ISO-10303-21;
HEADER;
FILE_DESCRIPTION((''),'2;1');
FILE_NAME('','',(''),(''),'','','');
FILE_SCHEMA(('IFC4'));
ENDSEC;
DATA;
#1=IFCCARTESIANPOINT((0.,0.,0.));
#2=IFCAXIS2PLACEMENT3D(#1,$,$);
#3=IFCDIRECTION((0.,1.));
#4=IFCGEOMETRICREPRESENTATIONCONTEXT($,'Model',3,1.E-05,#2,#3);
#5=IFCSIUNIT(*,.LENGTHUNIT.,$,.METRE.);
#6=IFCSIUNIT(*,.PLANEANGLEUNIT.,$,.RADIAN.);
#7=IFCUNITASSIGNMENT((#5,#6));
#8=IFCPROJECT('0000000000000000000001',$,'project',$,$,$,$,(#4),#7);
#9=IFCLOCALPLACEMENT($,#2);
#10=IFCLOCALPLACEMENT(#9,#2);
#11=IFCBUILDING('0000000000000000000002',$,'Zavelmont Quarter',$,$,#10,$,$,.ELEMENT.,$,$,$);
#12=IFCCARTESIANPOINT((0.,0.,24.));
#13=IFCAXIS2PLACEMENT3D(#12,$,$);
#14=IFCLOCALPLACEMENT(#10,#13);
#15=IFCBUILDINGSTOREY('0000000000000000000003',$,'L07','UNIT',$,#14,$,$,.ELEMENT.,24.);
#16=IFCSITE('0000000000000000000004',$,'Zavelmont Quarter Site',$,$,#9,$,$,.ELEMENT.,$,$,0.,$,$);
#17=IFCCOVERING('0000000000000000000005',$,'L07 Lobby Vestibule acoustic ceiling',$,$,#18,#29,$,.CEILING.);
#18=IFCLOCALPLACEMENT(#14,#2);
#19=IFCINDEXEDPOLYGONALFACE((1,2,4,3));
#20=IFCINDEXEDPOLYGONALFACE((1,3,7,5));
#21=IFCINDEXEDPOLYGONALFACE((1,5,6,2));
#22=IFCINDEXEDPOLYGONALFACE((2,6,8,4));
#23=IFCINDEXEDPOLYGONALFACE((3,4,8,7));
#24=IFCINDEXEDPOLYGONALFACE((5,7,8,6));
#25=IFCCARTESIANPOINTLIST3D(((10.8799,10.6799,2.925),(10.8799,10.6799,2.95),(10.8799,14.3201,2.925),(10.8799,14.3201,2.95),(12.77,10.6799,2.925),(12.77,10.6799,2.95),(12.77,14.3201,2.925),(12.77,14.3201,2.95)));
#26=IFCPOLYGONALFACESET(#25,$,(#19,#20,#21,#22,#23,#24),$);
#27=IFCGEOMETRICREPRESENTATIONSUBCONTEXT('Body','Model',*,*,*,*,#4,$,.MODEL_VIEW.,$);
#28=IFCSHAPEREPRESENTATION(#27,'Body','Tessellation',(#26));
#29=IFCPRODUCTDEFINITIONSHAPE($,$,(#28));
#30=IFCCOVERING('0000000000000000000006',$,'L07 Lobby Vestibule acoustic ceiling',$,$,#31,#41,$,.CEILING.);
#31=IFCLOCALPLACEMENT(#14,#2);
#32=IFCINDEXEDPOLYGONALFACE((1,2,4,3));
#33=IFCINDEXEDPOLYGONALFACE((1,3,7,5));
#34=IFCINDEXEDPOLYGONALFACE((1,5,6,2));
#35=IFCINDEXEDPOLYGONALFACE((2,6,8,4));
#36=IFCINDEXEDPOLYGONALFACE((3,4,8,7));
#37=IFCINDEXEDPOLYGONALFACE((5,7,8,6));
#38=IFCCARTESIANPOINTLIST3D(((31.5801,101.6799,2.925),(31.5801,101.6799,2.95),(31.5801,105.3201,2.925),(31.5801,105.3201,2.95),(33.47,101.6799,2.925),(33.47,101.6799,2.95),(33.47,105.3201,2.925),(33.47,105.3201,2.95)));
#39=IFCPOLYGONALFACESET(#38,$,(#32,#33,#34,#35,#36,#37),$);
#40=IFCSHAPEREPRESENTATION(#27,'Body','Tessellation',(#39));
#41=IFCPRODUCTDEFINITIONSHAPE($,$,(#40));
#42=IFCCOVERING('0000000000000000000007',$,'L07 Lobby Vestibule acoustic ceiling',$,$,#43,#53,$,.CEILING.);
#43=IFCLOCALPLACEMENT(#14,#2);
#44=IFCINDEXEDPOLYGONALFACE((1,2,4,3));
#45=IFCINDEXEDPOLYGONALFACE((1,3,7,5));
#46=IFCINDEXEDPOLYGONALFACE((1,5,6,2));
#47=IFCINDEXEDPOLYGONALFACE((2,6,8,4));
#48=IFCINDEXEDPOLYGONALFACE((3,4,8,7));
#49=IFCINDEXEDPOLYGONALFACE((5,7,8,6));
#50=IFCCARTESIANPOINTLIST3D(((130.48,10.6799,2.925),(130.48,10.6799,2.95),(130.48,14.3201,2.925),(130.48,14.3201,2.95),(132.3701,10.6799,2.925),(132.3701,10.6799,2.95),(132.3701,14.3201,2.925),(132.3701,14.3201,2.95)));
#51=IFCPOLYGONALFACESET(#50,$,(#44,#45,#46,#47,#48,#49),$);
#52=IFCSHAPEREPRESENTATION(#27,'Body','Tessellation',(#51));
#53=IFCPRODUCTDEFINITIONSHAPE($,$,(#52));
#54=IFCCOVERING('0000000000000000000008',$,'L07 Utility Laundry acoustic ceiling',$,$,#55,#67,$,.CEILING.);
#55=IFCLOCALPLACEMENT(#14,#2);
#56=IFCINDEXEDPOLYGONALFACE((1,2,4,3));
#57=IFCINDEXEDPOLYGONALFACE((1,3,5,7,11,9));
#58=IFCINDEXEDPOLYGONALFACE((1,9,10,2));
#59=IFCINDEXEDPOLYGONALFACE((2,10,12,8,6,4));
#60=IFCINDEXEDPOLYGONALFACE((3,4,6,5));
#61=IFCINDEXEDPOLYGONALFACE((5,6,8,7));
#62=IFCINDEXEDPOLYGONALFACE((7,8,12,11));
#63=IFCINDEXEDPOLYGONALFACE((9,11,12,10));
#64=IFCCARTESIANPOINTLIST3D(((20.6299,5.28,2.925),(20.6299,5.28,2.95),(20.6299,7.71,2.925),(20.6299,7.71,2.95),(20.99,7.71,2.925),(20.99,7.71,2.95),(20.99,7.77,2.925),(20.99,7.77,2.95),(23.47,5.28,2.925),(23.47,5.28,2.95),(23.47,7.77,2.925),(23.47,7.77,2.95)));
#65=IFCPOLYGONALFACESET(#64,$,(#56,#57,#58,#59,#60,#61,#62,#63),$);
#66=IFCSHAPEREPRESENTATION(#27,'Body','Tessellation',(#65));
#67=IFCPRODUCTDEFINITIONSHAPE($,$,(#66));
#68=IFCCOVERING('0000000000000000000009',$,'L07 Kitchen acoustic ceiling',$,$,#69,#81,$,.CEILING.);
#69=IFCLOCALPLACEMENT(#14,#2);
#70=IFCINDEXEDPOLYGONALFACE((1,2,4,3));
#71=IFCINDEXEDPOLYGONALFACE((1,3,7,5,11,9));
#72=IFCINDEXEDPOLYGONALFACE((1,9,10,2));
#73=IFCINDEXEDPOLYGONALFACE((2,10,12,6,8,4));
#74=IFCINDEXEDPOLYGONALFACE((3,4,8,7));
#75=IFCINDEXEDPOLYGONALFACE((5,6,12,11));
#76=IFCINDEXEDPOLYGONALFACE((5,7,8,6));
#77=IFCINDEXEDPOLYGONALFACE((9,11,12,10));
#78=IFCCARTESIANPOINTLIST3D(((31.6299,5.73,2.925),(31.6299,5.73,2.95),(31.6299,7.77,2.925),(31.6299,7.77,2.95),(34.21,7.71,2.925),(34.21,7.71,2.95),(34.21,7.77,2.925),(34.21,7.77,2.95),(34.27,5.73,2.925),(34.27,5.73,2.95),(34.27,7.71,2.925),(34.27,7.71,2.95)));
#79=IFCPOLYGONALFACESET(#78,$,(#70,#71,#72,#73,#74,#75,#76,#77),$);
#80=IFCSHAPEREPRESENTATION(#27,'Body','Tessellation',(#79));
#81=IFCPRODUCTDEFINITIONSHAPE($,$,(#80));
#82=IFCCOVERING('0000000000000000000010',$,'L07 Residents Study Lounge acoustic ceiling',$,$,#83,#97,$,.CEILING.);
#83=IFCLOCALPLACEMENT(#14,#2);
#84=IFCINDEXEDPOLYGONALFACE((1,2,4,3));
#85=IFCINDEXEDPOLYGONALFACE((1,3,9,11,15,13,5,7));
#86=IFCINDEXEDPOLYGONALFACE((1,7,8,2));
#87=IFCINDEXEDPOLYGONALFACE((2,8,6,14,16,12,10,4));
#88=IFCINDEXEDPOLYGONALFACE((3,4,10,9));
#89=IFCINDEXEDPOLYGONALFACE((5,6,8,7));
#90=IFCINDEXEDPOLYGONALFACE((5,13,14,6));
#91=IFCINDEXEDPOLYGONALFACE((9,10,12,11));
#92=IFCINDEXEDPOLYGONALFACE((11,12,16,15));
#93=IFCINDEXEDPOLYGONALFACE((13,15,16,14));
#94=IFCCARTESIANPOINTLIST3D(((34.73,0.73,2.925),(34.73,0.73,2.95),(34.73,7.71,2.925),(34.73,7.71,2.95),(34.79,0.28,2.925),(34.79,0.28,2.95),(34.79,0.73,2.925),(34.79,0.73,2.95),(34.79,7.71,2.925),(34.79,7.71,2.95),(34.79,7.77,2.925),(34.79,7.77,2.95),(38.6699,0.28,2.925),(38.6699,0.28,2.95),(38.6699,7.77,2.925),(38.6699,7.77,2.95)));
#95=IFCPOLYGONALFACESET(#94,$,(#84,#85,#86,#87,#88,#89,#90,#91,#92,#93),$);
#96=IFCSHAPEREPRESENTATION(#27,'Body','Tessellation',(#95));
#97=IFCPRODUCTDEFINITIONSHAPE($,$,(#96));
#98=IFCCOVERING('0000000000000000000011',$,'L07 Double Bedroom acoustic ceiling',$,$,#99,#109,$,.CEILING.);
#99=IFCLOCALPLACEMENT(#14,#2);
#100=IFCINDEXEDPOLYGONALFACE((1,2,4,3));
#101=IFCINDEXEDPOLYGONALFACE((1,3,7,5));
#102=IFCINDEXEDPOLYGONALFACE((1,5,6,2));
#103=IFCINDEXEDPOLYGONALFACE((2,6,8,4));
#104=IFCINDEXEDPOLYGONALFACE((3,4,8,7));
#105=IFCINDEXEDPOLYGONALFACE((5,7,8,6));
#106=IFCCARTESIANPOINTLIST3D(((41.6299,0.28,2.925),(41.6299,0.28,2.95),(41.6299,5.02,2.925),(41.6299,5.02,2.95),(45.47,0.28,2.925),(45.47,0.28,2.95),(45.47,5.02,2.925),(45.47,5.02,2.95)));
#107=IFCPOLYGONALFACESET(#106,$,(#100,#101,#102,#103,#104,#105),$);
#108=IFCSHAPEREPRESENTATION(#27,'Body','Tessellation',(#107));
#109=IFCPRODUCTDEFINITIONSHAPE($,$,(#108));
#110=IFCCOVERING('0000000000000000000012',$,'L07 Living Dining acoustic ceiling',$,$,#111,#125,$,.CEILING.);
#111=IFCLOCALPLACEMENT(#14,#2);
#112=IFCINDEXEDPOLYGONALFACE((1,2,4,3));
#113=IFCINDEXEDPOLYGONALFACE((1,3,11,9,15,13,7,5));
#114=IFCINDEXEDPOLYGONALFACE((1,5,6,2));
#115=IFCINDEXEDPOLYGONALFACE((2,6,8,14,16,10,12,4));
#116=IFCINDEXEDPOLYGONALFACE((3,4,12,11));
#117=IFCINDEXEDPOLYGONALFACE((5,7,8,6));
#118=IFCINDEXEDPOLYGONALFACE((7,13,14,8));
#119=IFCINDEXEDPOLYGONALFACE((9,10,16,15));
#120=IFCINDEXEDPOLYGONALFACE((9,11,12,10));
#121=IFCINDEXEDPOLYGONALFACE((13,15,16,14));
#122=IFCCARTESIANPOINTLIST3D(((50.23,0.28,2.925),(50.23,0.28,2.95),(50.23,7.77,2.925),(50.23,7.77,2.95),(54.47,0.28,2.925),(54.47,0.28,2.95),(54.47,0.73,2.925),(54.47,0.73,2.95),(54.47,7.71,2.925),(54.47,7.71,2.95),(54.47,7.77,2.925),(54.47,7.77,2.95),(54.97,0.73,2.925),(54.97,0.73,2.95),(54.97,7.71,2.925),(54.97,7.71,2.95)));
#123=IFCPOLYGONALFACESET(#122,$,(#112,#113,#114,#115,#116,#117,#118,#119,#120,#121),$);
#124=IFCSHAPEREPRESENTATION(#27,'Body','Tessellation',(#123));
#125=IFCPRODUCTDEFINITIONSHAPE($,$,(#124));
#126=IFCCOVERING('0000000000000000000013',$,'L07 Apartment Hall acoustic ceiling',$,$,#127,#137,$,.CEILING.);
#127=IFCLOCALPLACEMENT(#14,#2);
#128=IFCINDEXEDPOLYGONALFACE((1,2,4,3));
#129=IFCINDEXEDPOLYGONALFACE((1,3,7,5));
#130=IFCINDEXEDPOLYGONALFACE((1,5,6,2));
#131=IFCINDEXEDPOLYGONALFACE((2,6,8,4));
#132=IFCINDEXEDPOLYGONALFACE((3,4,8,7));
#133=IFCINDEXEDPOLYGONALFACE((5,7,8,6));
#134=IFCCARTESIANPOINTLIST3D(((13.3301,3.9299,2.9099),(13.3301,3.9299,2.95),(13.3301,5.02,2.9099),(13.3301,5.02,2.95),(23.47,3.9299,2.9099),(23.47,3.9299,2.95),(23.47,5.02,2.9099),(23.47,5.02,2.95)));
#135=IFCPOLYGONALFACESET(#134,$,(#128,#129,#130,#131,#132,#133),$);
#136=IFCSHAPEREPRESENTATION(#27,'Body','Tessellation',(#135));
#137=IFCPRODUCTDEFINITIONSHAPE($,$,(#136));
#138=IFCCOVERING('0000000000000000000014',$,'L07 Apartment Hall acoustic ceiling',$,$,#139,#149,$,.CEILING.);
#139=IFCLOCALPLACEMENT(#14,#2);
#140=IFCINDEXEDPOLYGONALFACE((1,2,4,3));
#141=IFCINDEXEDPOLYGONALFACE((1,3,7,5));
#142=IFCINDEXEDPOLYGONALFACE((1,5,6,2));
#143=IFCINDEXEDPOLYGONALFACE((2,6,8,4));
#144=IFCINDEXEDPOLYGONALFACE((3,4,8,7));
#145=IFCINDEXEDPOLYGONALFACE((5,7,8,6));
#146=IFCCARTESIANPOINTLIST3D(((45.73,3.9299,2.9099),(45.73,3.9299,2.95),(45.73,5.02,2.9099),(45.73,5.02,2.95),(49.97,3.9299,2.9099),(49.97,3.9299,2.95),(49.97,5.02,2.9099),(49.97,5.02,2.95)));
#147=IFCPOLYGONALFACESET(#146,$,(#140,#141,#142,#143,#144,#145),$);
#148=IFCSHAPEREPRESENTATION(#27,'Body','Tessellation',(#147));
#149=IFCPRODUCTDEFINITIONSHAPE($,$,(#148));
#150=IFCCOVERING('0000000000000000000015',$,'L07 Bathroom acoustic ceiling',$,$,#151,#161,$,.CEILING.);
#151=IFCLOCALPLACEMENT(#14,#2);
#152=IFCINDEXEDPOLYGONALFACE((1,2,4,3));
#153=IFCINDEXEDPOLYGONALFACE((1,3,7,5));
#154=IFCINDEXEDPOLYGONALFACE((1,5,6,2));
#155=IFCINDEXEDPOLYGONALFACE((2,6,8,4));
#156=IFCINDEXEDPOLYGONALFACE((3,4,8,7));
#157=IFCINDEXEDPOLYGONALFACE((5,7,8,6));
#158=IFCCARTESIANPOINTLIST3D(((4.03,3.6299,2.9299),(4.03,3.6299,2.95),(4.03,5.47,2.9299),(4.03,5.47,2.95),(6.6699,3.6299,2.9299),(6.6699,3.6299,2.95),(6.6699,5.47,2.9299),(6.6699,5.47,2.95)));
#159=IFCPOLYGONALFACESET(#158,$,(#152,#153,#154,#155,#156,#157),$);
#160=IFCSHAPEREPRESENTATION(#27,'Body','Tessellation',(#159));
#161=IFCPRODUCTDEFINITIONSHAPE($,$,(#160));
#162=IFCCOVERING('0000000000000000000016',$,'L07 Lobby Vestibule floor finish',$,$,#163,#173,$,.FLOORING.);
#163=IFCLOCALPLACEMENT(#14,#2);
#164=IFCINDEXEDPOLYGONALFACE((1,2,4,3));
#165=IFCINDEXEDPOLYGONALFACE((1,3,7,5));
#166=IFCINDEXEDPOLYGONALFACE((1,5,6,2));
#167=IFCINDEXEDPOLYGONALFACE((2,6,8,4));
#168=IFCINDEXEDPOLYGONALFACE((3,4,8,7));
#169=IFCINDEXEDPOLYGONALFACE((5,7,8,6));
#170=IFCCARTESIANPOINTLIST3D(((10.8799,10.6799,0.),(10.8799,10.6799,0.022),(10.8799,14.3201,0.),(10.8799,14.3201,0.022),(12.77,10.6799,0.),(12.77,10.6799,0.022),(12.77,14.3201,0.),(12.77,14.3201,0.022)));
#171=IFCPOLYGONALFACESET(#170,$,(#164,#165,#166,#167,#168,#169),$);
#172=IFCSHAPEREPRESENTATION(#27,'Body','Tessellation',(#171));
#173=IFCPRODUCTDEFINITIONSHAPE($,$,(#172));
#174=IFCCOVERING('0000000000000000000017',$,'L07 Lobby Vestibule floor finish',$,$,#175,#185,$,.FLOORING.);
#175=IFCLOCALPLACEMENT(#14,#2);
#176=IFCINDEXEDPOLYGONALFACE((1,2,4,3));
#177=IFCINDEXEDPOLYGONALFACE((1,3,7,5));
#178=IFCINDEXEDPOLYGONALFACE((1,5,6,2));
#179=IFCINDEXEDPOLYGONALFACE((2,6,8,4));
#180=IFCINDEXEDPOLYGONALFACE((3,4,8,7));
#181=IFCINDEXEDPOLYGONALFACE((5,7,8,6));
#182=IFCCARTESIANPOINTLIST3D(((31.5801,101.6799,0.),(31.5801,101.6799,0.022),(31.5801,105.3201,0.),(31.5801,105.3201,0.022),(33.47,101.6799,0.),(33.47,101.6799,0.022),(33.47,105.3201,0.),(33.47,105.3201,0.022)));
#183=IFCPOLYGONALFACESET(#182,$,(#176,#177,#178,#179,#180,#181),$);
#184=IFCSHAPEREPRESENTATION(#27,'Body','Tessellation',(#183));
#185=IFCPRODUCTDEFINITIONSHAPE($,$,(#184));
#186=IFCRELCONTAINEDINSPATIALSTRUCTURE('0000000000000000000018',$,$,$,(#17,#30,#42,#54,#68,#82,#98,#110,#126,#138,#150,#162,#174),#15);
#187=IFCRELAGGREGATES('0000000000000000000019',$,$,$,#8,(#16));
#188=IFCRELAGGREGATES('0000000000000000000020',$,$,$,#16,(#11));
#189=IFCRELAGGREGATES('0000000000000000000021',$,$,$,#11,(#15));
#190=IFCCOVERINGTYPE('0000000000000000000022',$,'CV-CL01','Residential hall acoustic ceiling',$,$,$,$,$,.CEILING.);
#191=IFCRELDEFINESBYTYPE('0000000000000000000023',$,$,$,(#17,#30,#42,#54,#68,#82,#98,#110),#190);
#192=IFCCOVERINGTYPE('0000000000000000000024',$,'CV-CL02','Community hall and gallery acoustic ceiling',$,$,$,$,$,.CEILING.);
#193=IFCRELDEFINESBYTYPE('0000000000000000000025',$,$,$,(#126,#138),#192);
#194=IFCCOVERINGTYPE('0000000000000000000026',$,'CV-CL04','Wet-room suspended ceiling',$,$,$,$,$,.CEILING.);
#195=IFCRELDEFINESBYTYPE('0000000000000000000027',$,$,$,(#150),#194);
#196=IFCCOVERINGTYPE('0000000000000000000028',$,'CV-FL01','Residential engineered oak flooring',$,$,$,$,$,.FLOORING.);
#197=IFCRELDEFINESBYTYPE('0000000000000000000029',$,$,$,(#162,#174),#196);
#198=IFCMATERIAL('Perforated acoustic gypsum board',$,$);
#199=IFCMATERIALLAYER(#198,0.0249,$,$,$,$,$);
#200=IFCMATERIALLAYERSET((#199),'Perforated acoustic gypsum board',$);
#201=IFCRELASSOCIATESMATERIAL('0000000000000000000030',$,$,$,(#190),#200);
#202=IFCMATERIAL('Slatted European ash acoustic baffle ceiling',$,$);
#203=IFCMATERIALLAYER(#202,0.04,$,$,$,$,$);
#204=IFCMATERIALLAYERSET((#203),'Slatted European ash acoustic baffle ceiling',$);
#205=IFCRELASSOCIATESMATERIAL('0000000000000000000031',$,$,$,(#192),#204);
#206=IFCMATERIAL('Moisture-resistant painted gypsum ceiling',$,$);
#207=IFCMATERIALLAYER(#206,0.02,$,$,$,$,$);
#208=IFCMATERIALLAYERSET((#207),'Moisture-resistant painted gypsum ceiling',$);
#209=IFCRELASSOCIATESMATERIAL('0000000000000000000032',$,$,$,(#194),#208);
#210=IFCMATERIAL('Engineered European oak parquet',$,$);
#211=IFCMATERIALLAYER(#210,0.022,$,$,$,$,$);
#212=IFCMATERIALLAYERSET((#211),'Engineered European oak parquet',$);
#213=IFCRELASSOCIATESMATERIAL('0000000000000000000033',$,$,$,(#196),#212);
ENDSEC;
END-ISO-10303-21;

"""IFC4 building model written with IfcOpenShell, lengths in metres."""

from ifc_helpers import new_model, si_unit, direction, frame, origin, place, context, subcontext, project, spatial, polyline, outline, extrude, material, layer, layer_set, type_object, element, save


model = new_model("IFC4")

# Units and contexts
model_context = context("Model", 3, precision=1e-05, world=origin(), true_north=direction((0.0, 1.0)))
body_context = subcontext(model_context, "Body", "Model", "MODEL_VIEW")
ifc_project = project(units=[si_unit("LENGTHUNIT", "METRE"), si_unit("PLANEANGLEUNIT", "RADIAN")], contexts=[model_context])

# Site, building, storey
site_placement = place(None, origin())
site = spatial("IfcSite", under=ifc_project, at=site_placement, Name="Zavelmont Quarter Site", CompositionType="ELEMENT", RefElevation=0.0)
building_placement = place(site_placement, origin())
building = spatial("IfcBuilding", under=site, at=building_placement, Name="Zavelmont Quarter", CompositionType="ELEMENT")
storey_placement = place(building_placement, frame((0.0, 0.0, 24.0)))
storey = spatial("IfcBuildingStorey", under=building, at=storey_placement, Name="L07", Description="UNIT", CompositionType="ELEMENT", Elevation=24.0)

# Coverings
ifc_material_1 = material(Name="Perforated acoustic gypsum board")
ifc_layer_1 = layer(ifc_material_1, 0.0249)
ifc_layer_set_1 = layer_set([ifc_layer_1], Name="Perforated acoustic gypsum board")
covering_type_1 = type_object("IfcCoveringType", Name="CV-CL01", Description="Residential hall acoustic ceiling", PredefinedType="CEILING", material=ifc_layer_set_1)
covering_1_placement = place(storey_placement, frame((0.0, 0.0, 2.925)))
element("IfcCovering", 1, at=covering_1_placement, inside=storey, type_object=covering_type_1, Name="L07 Lobby Vestibule acoustic ceiling", PredefinedType="CEILING", context=body_context, shape_type="SweptSolid", body=[
    extrude(outline(polyline([(10.8799, 14.3201), (12.77, 14.3201), (12.77, 10.6799), (10.8799, 10.6799), (10.8799, 14.3201)])), origin(), (0.0, 0.0, 1.0), 0.0249),
])
covering_2_placement = place(storey_placement, frame((0.0, 0.0, 2.925)))
element("IfcCovering", 2, at=covering_2_placement, inside=storey, type_object=covering_type_1, Name="L07 Lobby Vestibule acoustic ceiling", PredefinedType="CEILING", context=body_context, shape_type="SweptSolid", body=[
    extrude(outline(polyline([(31.5801, 105.3201), (33.47, 105.3201), (33.47, 101.6799), (31.5801, 101.6799), (31.5801, 105.3201)])), origin(), (0.0, 0.0, 1.0), 0.0249),
])
covering_3_placement = place(storey_placement, frame((0.0, 0.0, 2.925)))
element("IfcCovering", 3, at=covering_3_placement, inside=storey, type_object=covering_type_1, Name="L07 Lobby Vestibule acoustic ceiling", PredefinedType="CEILING", context=body_context, shape_type="SweptSolid", body=[
    extrude(outline(polyline([(130.48, 14.3201), (132.3701, 14.3201), (132.3701, 10.6799), (130.48, 10.6799), (130.48, 14.3201)])), origin(), (0.0, 0.0, 1.0), 0.0249),
])
covering_4_placement = place(storey_placement, frame((0.0, 0.0, 2.925)))
element("IfcCovering", 4, at=covering_4_placement, inside=storey, type_object=covering_type_1, Name="L07 Utility Laundry acoustic ceiling", PredefinedType="CEILING", context=body_context, shape_type="SweptSolid", body=[
    extrude(outline(polyline([(20.6299, 7.71), (20.99, 7.71), (20.99, 7.77), (23.47, 7.77), (23.47, 5.28), (20.6299, 5.28), (20.6299, 7.71)])), origin(), (0.0, 0.0, 1.0), 0.0249),
])
covering_5_placement = place(storey_placement, frame((0.0, 0.0, 2.925)))
element("IfcCovering", 5, at=covering_5_placement, inside=storey, type_object=covering_type_1, Name="L07 Kitchen acoustic ceiling", PredefinedType="CEILING", context=body_context, shape_type="SweptSolid", body=[
    extrude(outline(polyline([(31.6299, 7.77), (34.21, 7.77), (34.21, 7.71), (34.27, 7.71), (34.27, 5.73), (31.6299, 5.73), (31.6299, 7.77)])), origin(), (0.0, 0.0, 1.0), 0.0249),
])
covering_6_placement = place(storey_placement, frame((0.0, 0.0, 2.925)))
element("IfcCovering", 6, at=covering_6_placement, inside=storey, type_object=covering_type_1, Name="L07 Residents Study Lounge acoustic ceiling", PredefinedType="CEILING", context=body_context, shape_type="SweptSolid", body=[
    extrude(outline(polyline([(34.73, 7.71), (34.79, 7.71), (34.79, 7.77), (38.6699, 7.77), (38.6699, 0.28), (34.79, 0.28), (34.79, 0.73), (34.73, 0.73), (34.73, 7.71)])), origin(), (0.0, 0.0, 1.0), 0.0249),
])
covering_7_placement = place(storey_placement, frame((0.0, 0.0, 2.925)))
element("IfcCovering", 7, at=covering_7_placement, inside=storey, type_object=covering_type_1, Name="L07 Double Bedroom acoustic ceiling", PredefinedType="CEILING", context=body_context, shape_type="SweptSolid", body=[
    extrude(outline(polyline([(41.6299, 5.02), (45.47, 5.02), (45.47, 0.28), (41.6299, 0.28), (41.6299, 5.02)])), origin(), (0.0, 0.0, 1.0), 0.0249),
])
covering_8_placement = place(storey_placement, frame((0.0, 0.0, 2.925)))
element("IfcCovering", 8, at=covering_8_placement, inside=storey, type_object=covering_type_1, Name="L07 Living Dining acoustic ceiling", PredefinedType="CEILING", context=body_context, shape_type="SweptSolid", body=[
    extrude(outline(polyline([(50.23, 7.77), (54.47, 7.77), (54.47, 7.71), (54.97, 7.71), (54.97, 0.73), (54.47, 0.73), (54.47, 0.28), (50.23, 0.28), (50.23, 7.77)])), origin(), (0.0, 0.0, 1.0), 0.0249),
])
ifc_material_2 = material(Name="Slatted European ash acoustic baffle ceiling")
ifc_layer_2 = layer(ifc_material_2, 0.04)
ifc_layer_set_2 = layer_set([ifc_layer_2], Name="Slatted European ash acoustic baffle ceiling")
covering_type_2 = type_object("IfcCoveringType", Name="CV-CL02", Description="Community hall and gallery acoustic ceiling", PredefinedType="CEILING", material=ifc_layer_set_2)
covering_9_placement = place(storey_placement, frame((0.0, 0.0, 2.9099)))
element("IfcCovering", 9, at=covering_9_placement, inside=storey, type_object=covering_type_2, Name="L07 Apartment Hall acoustic ceiling", PredefinedType="CEILING", context=body_context, shape_type="SweptSolid", body=[
    extrude(outline(polyline([(13.3301, 5.02), (23.47, 5.02), (23.47, 3.9299), (13.3301, 3.9299), (13.3301, 5.02)])), origin(), (0.0, 0.0, 1.0), 0.04),
])
covering_10_placement = place(storey_placement, frame((0.0, 0.0, 2.9099)))
element("IfcCovering", 10, at=covering_10_placement, inside=storey, type_object=covering_type_2, Name="L07 Apartment Hall acoustic ceiling", PredefinedType="CEILING", context=body_context, shape_type="SweptSolid", body=[
    extrude(outline(polyline([(45.73, 5.02), (49.97, 5.02), (49.97, 3.9299), (45.73, 3.9299), (45.73, 5.02)])), origin(), (0.0, 0.0, 1.0), 0.04),
])
ifc_material_3 = material(Name="Moisture-resistant painted gypsum ceiling")
ifc_layer_3 = layer(ifc_material_3, 0.02)
ifc_layer_set_3 = layer_set([ifc_layer_3], Name="Moisture-resistant painted gypsum ceiling")
covering_type_3 = type_object("IfcCoveringType", Name="CV-CL04", Description="Wet-room suspended ceiling", PredefinedType="CEILING", material=ifc_layer_set_3)
covering_11_placement = place(storey_placement, frame((0.0, 0.0, 2.9299)))
element("IfcCovering", 11, at=covering_11_placement, inside=storey, type_object=covering_type_3, Name="L07 Bathroom acoustic ceiling", PredefinedType="CEILING", context=body_context, shape_type="SweptSolid", body=[
    extrude(outline(polyline([(4.03, 5.47), (6.6699, 5.47), (6.6699, 3.6299), (4.03, 3.6299), (4.03, 5.47)])), origin(), (0.0, 0.0, 1.0), 0.02),
])
ifc_material_4 = material(Name="Engineered European oak parquet")
ifc_layer_4 = layer(ifc_material_4, 0.022)
ifc_layer_set_4 = layer_set([ifc_layer_4], Name="Engineered European oak parquet")
covering_type_4 = type_object("IfcCoveringType", Name="CV-FL01", Description="Residential engineered oak flooring", PredefinedType="FLOORING", material=ifc_layer_set_4)
covering_12_placement = place(storey_placement, origin())
element("IfcCovering", 12, at=covering_12_placement, inside=storey, type_object=covering_type_4, Name="L07 Lobby Vestibule floor finish", PredefinedType="FLOORING", context=body_context, shape_type="SweptSolid", body=[
    extrude(outline(polyline([(10.8799, 14.3201), (12.77, 14.3201), (12.77, 10.6799), (10.8799, 10.6799), (10.8799, 14.3201)])), origin(), (0.0, 0.0, 1.0), 0.022),
])
covering_13_placement = place(storey_placement, origin())
element("IfcCovering", 13, at=covering_13_placement, inside=storey, type_object=covering_type_4, Name="L07 Lobby Vestibule floor finish", PredefinedType="FLOORING", context=body_context, shape_type="SweptSolid", body=[
    extrude(outline(polyline([(31.5801, 105.3201), (33.47, 105.3201), (33.47, 101.6799), (31.5801, 101.6799), (31.5801, 105.3201)])), origin(), (0.0, 0.0, 1.0), 0.022),
])

save(model, "model.ifc")
